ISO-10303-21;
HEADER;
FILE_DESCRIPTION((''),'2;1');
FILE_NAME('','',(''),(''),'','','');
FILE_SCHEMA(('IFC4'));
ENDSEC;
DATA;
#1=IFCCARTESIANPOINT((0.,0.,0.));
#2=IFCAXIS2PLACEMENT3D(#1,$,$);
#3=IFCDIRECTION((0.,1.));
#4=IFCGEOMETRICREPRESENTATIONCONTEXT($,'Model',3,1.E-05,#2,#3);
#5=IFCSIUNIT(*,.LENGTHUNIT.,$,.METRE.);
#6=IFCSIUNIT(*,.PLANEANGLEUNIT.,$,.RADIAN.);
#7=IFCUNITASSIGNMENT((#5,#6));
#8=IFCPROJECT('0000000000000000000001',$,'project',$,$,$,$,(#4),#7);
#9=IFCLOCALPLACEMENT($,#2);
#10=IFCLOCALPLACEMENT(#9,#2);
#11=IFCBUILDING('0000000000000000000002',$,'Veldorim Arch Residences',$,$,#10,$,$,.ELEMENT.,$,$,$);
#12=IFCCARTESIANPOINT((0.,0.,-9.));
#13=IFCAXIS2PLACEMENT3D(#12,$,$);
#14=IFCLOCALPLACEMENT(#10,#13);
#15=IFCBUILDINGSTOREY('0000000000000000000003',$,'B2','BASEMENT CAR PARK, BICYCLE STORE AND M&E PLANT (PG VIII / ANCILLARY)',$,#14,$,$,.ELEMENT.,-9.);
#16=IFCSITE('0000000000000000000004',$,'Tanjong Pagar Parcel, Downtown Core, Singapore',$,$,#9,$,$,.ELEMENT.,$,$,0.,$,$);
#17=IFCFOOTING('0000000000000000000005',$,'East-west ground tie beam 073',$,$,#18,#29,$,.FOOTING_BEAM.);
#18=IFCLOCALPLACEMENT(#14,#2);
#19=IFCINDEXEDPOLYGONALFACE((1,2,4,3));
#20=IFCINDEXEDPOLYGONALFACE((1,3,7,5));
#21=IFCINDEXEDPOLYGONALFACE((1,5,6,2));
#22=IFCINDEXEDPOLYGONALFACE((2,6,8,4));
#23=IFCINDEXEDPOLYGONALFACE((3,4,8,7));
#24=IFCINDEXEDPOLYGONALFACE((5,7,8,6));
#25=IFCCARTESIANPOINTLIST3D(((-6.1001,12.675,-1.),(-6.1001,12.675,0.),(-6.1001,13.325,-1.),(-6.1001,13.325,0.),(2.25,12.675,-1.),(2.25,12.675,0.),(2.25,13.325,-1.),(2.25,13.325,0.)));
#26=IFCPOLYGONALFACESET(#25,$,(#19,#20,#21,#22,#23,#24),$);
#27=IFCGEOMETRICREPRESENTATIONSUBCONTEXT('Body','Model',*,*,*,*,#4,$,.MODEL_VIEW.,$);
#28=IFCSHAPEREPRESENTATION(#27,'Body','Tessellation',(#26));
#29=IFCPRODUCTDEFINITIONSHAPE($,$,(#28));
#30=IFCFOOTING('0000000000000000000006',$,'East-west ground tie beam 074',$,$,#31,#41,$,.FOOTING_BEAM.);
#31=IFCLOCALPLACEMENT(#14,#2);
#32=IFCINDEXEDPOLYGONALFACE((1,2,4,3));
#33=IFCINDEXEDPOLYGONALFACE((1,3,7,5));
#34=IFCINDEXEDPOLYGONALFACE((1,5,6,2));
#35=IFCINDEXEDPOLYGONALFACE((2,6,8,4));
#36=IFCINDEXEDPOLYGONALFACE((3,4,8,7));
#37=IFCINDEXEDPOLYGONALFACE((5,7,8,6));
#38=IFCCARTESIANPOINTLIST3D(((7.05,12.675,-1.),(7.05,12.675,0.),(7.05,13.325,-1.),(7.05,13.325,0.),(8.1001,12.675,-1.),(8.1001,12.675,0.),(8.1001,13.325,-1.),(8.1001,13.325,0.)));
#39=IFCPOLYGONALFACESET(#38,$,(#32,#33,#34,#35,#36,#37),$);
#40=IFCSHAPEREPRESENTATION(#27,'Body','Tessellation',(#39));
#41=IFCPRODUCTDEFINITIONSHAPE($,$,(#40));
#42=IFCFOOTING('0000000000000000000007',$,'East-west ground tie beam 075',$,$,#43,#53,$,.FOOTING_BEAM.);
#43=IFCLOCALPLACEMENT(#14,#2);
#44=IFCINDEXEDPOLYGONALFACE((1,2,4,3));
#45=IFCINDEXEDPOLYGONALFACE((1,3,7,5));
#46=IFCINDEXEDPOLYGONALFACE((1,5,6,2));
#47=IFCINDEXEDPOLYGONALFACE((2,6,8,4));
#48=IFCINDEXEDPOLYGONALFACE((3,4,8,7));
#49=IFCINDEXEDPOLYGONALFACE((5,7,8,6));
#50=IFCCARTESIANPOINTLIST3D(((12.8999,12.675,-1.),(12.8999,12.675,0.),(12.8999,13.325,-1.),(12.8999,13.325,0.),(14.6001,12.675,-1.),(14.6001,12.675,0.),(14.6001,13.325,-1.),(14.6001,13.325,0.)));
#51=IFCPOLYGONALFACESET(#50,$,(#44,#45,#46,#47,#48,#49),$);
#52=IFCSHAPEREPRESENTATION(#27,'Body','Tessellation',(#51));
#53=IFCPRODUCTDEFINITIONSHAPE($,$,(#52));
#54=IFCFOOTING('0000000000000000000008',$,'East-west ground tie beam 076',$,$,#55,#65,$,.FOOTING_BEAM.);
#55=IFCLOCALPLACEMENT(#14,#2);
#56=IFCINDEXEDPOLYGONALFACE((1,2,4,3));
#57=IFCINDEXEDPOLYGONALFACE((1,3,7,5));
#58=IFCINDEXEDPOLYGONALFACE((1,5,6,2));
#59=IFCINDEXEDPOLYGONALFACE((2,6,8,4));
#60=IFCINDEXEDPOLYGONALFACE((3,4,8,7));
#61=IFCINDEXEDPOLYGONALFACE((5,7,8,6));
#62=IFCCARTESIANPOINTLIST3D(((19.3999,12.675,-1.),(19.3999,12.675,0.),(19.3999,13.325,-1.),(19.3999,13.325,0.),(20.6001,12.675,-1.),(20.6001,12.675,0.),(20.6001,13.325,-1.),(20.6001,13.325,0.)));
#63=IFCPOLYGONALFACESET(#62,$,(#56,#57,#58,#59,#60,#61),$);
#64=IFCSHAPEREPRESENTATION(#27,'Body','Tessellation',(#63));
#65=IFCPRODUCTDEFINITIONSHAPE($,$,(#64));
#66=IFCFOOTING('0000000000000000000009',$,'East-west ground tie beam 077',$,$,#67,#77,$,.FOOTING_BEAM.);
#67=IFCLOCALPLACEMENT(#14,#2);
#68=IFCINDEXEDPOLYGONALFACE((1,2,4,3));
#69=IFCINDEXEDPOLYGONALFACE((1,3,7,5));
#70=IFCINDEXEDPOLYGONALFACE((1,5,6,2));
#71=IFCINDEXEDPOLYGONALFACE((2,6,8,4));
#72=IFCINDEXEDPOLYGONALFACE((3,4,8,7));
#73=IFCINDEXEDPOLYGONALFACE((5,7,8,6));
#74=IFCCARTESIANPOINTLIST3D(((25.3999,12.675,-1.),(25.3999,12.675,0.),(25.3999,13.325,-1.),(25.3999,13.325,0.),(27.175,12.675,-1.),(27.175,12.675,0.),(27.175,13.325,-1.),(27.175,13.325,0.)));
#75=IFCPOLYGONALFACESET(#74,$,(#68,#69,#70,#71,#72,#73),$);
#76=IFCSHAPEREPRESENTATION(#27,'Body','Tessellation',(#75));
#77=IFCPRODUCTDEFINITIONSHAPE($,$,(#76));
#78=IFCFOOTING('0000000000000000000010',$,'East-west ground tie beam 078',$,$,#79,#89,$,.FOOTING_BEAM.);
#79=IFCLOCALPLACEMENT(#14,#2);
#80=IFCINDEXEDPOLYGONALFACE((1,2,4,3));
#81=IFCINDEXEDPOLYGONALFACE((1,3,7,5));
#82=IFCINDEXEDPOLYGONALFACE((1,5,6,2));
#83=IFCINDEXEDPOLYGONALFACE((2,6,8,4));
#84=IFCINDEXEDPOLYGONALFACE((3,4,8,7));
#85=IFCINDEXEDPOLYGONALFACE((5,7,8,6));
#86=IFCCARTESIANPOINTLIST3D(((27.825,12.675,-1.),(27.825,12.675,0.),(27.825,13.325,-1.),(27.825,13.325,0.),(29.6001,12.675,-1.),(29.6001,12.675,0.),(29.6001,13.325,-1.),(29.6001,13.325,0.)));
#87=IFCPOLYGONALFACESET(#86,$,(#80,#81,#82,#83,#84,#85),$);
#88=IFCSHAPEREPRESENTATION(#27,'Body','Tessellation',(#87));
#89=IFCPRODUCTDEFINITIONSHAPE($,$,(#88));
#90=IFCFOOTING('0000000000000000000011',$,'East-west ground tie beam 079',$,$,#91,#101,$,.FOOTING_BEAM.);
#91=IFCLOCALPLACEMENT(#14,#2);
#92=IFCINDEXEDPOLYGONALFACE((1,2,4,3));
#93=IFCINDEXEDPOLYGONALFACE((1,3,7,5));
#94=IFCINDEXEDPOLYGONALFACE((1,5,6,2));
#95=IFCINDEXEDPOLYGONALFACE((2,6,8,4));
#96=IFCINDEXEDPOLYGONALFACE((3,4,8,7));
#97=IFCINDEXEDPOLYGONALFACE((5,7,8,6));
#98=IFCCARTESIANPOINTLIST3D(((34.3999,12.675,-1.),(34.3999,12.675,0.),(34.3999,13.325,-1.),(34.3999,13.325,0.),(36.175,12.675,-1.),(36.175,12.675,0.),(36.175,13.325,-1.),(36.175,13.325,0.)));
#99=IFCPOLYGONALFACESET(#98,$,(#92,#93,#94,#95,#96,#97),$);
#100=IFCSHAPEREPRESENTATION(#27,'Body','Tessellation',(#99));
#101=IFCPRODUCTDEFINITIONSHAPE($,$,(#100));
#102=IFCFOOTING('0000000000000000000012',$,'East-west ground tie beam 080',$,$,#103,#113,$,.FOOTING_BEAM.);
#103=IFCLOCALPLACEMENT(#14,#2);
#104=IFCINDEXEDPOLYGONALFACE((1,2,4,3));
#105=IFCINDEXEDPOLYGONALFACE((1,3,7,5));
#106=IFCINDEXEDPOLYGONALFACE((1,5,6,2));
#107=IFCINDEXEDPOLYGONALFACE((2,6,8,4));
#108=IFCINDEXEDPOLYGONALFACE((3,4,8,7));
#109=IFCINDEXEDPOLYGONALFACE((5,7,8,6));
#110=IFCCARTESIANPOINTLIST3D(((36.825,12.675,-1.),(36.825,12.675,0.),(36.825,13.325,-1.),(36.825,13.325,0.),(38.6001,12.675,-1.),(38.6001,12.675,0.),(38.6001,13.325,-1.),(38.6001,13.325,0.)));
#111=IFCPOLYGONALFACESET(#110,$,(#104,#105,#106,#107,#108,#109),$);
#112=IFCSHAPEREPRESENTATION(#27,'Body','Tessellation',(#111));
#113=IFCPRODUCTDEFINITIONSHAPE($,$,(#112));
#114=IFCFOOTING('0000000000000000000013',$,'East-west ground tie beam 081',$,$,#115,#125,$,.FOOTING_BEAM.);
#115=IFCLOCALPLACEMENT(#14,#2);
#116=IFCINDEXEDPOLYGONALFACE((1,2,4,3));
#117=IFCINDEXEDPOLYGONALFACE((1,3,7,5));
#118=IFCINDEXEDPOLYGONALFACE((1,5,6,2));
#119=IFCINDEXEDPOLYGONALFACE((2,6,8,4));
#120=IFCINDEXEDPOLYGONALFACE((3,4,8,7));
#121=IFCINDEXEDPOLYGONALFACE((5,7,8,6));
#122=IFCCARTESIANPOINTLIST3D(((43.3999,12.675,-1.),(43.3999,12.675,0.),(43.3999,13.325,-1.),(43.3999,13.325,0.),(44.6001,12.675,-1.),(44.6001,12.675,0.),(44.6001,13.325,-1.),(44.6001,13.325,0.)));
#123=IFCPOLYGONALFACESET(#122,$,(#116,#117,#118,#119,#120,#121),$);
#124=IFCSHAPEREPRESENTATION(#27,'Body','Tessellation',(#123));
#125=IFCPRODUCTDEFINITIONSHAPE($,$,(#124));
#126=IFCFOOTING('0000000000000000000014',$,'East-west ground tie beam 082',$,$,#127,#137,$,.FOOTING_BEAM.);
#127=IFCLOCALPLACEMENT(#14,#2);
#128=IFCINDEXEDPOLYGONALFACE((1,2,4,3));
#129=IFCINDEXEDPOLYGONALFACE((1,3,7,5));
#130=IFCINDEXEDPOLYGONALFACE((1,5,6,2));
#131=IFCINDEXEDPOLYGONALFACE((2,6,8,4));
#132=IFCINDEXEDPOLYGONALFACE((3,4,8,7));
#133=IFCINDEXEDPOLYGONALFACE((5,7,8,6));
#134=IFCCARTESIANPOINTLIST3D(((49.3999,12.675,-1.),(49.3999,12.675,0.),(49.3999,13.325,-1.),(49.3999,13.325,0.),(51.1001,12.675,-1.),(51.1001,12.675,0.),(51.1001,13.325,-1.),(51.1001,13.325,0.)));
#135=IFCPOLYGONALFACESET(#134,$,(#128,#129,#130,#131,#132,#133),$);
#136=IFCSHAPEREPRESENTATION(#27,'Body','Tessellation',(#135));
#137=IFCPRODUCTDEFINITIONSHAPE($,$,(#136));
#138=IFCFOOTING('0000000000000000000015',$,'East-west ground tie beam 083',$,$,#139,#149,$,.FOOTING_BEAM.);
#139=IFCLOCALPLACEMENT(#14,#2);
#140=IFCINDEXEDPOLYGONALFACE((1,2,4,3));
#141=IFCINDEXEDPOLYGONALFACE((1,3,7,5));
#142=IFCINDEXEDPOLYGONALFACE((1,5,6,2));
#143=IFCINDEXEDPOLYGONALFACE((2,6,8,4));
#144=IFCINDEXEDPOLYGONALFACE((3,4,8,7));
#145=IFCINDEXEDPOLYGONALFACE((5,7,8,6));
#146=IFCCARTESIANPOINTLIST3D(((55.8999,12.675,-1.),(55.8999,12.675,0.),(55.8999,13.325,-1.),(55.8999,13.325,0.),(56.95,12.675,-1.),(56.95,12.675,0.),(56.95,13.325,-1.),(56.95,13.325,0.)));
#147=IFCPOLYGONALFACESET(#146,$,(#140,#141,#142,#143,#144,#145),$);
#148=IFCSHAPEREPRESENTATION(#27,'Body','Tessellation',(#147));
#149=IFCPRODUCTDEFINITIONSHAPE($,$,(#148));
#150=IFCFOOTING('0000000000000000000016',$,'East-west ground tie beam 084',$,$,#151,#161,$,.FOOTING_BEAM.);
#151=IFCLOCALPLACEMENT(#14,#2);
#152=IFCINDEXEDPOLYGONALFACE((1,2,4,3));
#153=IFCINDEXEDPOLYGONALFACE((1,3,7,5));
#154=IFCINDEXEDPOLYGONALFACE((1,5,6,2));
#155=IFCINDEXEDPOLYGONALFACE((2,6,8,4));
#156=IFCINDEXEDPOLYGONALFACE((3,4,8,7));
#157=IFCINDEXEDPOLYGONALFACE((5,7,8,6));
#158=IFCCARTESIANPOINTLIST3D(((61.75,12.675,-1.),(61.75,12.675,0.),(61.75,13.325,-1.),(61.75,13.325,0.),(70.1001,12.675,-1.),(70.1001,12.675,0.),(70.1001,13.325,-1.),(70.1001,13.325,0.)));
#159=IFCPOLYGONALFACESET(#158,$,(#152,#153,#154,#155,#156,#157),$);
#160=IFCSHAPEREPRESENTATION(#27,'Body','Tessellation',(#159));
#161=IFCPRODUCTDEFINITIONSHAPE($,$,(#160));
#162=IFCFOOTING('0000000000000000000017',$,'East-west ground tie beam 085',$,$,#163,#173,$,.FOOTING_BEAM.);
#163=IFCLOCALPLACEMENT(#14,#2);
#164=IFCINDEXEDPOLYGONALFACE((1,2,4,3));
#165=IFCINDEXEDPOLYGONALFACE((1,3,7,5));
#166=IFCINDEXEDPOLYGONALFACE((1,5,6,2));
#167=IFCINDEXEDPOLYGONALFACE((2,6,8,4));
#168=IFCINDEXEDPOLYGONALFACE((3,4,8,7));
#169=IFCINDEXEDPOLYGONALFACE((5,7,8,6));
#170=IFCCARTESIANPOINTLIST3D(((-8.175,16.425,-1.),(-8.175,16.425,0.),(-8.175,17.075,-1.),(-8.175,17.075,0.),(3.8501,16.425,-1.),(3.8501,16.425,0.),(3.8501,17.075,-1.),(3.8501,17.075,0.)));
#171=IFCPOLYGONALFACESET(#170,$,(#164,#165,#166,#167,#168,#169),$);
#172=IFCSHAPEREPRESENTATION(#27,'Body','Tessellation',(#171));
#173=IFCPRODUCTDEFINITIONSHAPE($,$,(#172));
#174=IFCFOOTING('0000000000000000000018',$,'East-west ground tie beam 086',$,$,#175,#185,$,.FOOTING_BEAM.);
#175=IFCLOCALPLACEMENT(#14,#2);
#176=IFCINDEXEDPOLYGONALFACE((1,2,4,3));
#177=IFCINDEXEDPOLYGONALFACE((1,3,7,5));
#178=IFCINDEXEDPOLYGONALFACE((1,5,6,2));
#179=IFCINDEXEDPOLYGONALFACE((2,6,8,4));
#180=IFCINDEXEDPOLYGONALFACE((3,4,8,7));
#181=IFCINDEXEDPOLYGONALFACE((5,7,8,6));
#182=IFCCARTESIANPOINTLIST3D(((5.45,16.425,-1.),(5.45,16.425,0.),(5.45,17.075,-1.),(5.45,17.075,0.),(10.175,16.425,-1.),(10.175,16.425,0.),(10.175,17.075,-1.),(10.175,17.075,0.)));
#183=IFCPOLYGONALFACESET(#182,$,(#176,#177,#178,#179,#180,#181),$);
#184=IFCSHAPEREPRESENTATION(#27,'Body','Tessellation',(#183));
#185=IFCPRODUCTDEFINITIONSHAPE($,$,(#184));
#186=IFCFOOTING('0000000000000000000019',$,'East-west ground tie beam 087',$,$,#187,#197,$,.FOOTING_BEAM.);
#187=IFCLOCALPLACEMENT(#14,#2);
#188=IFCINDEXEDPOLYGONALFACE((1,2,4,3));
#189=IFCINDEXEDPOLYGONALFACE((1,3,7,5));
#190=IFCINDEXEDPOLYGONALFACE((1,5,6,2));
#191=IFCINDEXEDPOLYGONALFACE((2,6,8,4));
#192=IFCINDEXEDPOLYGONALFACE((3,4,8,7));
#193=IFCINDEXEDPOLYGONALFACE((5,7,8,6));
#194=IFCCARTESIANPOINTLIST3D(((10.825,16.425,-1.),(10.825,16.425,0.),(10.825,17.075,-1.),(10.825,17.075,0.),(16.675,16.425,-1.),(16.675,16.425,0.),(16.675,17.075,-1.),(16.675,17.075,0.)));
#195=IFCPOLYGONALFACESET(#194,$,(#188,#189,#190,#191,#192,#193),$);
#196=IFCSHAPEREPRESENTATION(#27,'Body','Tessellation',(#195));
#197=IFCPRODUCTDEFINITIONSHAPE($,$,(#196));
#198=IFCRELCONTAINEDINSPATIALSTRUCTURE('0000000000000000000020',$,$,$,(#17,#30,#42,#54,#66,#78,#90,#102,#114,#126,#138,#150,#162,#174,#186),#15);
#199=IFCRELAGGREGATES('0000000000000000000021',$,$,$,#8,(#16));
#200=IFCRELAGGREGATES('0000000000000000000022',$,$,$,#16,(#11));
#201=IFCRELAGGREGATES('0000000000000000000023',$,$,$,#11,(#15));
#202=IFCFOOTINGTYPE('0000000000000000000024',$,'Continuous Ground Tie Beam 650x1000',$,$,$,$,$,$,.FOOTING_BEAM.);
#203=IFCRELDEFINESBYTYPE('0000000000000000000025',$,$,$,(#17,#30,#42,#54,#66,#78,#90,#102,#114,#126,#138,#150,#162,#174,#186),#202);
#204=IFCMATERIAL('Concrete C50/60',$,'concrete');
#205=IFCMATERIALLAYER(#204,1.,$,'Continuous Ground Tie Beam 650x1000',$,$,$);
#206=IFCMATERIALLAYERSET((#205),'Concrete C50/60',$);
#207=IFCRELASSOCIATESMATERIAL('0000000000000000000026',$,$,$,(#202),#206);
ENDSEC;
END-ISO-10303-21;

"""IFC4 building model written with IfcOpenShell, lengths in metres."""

from ifc_helpers import new_model, si_unit, direction, frame, origin, place, context, subcontext, project, spatial, polyline, outline, extrude, material, layer, layer_set, type_object, element, save


model = new_model("IFC4")

# Units and contexts
model_context = context("Model", 3, precision=1e-05, world=origin(), true_north=direction((0.0, 1.0)))
body_context = subcontext(model_context, "Body", "Model", "MODEL_VIEW")
ifc_project = project(units=[si_unit("LENGTHUNIT", "METRE"), si_unit("PLANEANGLEUNIT", "RADIAN")], contexts=[model_context])

# Site, building, storey
site_placement = place(None, origin())
site = spatial("IfcSite", under=ifc_project, at=site_placement, Name="Tanjong Pagar Parcel, Downtown Core, Singapore", CompositionType="ELEMENT", RefElevation=0.0)
building_placement = place(site_placement, origin())
building = spatial("IfcBuilding", under=site, at=building_placement, Name="Veldorim Arch Residences", CompositionType="ELEMENT")
storey_placement = place(building_placement, frame((0.0, 0.0, -9.0)))
storey = spatial("IfcBuildingStorey", under=building, at=storey_placement, Name="B2", Description="BASEMENT CAR PARK, BICYCLE STORE AND M&E PLANT (PG VIII / ANCILLARY)", CompositionType="ELEMENT", Elevation=-9.0)

# Footings
ifc_material = material(Name="Concrete C50/60", Category="concrete")
ifc_layer = layer(ifc_material, 1.0, Name="Continuous Ground Tie Beam 650x1000")
ifc_layer_set = layer_set([ifc_layer], Name="Concrete C50/60")
footing_type = type_object("IfcFootingType", Name="Continuous Ground Tie Beam 650x1000", PredefinedType="FOOTING_BEAM", material=ifc_layer_set)
footing_1_placement = place(storey_placement, frame((0.0, 0.0, -1.0)))
element("IfcFooting", 1, at=footing_1_placement, inside=storey, type_object=footing_type, Name="East-west ground tie beam 073", PredefinedType="FOOTING_BEAM", context=body_context, shape_type="SweptSolid", body=[
    extrude(outline(polyline([(-6.1001, 12.675), (2.25, 12.675), (2.25, 13.325), (-6.1001, 13.325), (-6.1001, 12.675)])), origin(), (0.0, 0.0, 1.0), 1.0),
])
footing_2_placement = place(storey_placement, frame((0.0, 0.0, -1.0)))
element("IfcFooting", 2, at=footing_2_placement, inside=storey, type_object=footing_type, Name="East-west ground tie beam 074", PredefinedType="FOOTING_BEAM", context=body_context, shape_type="SweptSolid", body=[
    extrude(outline(polyline([(7.05, 12.675), (8.1001, 12.675), (8.1001, 13.325), (7.05, 13.325), (7.05, 12.675)])), origin(), (0.0, 0.0, 1.0), 1.0),
])
footing_3_placement = place(storey_placement, frame((0.0, 0.0, -1.0)))
element("IfcFooting", 3, at=footing_3_placement, inside=storey, type_object=footing_type, Name="East-west ground tie beam 075", PredefinedType="FOOTING_BEAM", context=body_context, shape_type="SweptSolid", body=[
    extrude(outline(polyline([(12.8999, 12.675), (14.6001, 12.675), (14.6001, 13.325), (12.8999, 13.325), (12.8999, 12.675)])), origin(), (0.0, 0.0, 1.0), 1.0),
])
footing_4_placement = place(storey_placement, frame((0.0, 0.0, -1.0)))
element("IfcFooting", 4, at=footing_4_placement, inside=storey, type_object=footing_type, Name="East-west ground tie beam 076", PredefinedType="FOOTING_BEAM", context=body_context, shape_type="SweptSolid", body=[
    extrude(outline(polyline([(19.3999, 12.675), (20.6001, 12.675), (20.6001, 13.325), (19.3999, 13.325), (19.3999, 12.675)])), origin(), (0.0, 0.0, 1.0), 1.0),
])
footing_5_placement = place(storey_placement, frame((0.0, 0.0, -1.0)))
element("IfcFooting", 5, at=footing_5_placement, inside=storey, type_object=footing_type, Name="East-west ground tie beam 077", PredefinedType="FOOTING_BEAM", context=body_context, shape_type="SweptSolid", body=[
    extrude(outline(polyline([(25.3999, 12.675), (27.175, 12.675), (27.175, 13.325), (25.3999, 13.325), (25.3999, 12.675)])), origin(), (0.0, 0.0, 1.0), 1.0),
])
footing_6_placement = place(storey_placement, frame((0.0, 0.0, -1.0)))
element("IfcFooting", 6, at=footing_6_placement, inside=storey, type_object=footing_type, Name="East-west ground tie beam 078", PredefinedType="FOOTING_BEAM", context=body_context, shape_type="SweptSolid", body=[
    extrude(outline(polyline([(27.825, 12.675), (29.6001, 12.675), (29.6001, 13.325), (27.825, 13.325), (27.825, 12.675)])), origin(), (0.0, 0.0, 1.0), 1.0),
])
footing_7_placement = place(storey_placement, frame((0.0, 0.0, -1.0)))
element("IfcFooting", 7, at=footing_7_placement, inside=storey, type_object=footing_type, Name="East-west ground tie beam 079", PredefinedType="FOOTING_BEAM", context=body_context, shape_type="SweptSolid", body=[
    extrude(outline(polyline([(34.3999, 12.675), (36.175, 12.675), (36.175, 13.325), (34.3999, 13.325), (34.3999, 12.675)])), origin(), (0.0, 0.0, 1.0), 1.0),
])
footing_8_placement = place(storey_placement, frame((0.0, 0.0, -1.0)))
element("IfcFooting", 8, at=footing_8_placement, inside=storey, type_object=footing_type, Name="East-west ground tie beam 080", PredefinedType="FOOTING_BEAM", context=body_context, shape_type="SweptSolid", body=[
    extrude(outline(polyline([(36.825, 12.675), (38.6001, 12.675), (38.6001, 13.325), (36.825, 13.325), (36.825, 12.675)])), origin(), (0.0, 0.0, 1.0), 1.0),
])
footing_9_placement = place(storey_placement, frame((0.0, 0.0, -1.0)))
element("IfcFooting", 9, at=footing_9_placement, inside=storey, type_object=footing_type, Name="East-west ground tie beam 081", PredefinedType="FOOTING_BEAM", context=body_context, shape_type="SweptSolid", body=[
    extrude(outline(polyline([(43.3999, 12.675), (44.6001, 12.675), (44.6001, 13.325), (43.3999, 13.325), (43.3999, 12.675)])), origin(), (0.0, 0.0, 1.0), 1.0),
])
footing_10_placement = place(storey_placement, frame((0.0, 0.0, -1.0)))
element("IfcFooting", 10, at=footing_10_placement, inside=storey, type_object=footing_type, Name="East-west ground tie beam 082", PredefinedType="FOOTING_BEAM", context=body_context, shape_type="SweptSolid", body=[
    extrude(outline(polyline([(49.3999, 12.675), (51.1001, 12.675), (51.1001, 13.325), (49.3999, 13.325), (49.3999, 12.675)])), origin(), (0.0, 0.0, 1.0), 1.0),
])
footing_11_placement = place(storey_placement, frame((0.0, 0.0, -1.0)))
element("IfcFooting", 11, at=footing_11_placement, inside=storey, type_object=footing_type, Name="East-west ground tie beam 083", PredefinedType="FOOTING_BEAM", context=body_context, shape_type="SweptSolid", body=[
    extrude(outline(polyline([(55.8999, 12.675), (56.95, 12.675), (56.95, 13.325), (55.8999, 13.325), (55.8999, 12.675)])), origin(), (0.0, 0.0, 1.0), 1.0),
])
footing_12_placement = place(storey_placement, frame((0.0, 0.0, -1.0)))
element("IfcFooting", 12, at=footing_12_placement, inside=storey, type_object=footing_type, Name="East-west ground tie beam 084", PredefinedType="FOOTING_BEAM", context=body_context, shape_type="SweptSolid", body=[
    extrude(outline(polyline([(61.75, 12.675), (70.1001, 12.675), (70.1001, 13.325), (61.75, 13.325), (61.75, 12.675)])), origin(), (0.0, 0.0, 1.0), 1.0),
])
footing_13_placement = place(storey_placement, frame((0.0, 0.0, -1.0)))
element("IfcFooting", 13, at=footing_13_placement, inside=storey, type_object=footing_type, Name="East-west ground tie beam 085", PredefinedType="FOOTING_BEAM", context=body_context, shape_type="SweptSolid", body=[
    extrude(outline(polyline([(-8.175, 16.425), (3.8501, 16.425), (3.8501, 17.075), (-8.175, 17.075), (-8.175, 16.425)])), origin(), (0.0, 0.0, 1.0), 1.0),
])
footing_14_placement = place(storey_placement, frame((0.0, 0.0, -1.0)))
element("IfcFooting", 14, at=footing_14_placement, inside=storey, type_object=footing_type, Name="East-west ground tie beam 086", PredefinedType="FOOTING_BEAM", context=body_context, shape_type="SweptSolid", body=[
    extrude(outline(polyline([(5.45, 16.425), (10.175, 16.425), (10.175, 17.075), (5.45, 17.075), (5.45, 16.425)])), origin(), (0.0, 0.0, 1.0), 1.0),
])
footing_15_placement = place(storey_placement, frame((0.0, 0.0, -1.0)))
element("IfcFooting", 15, at=footing_15_placement, inside=storey, type_object=footing_type, Name="East-west ground tie beam 087", PredefinedType="FOOTING_BEAM", context=body_context, shape_type="SweptSolid", body=[
    extrude(outline(polyline([(10.825, 16.425), (16.675, 16.425), (16.675, 17.075), (10.825, 17.075), (10.825, 16.425)])), origin(), (0.0, 0.0, 1.0), 1.0),
])

save(model, "model.ifc")
